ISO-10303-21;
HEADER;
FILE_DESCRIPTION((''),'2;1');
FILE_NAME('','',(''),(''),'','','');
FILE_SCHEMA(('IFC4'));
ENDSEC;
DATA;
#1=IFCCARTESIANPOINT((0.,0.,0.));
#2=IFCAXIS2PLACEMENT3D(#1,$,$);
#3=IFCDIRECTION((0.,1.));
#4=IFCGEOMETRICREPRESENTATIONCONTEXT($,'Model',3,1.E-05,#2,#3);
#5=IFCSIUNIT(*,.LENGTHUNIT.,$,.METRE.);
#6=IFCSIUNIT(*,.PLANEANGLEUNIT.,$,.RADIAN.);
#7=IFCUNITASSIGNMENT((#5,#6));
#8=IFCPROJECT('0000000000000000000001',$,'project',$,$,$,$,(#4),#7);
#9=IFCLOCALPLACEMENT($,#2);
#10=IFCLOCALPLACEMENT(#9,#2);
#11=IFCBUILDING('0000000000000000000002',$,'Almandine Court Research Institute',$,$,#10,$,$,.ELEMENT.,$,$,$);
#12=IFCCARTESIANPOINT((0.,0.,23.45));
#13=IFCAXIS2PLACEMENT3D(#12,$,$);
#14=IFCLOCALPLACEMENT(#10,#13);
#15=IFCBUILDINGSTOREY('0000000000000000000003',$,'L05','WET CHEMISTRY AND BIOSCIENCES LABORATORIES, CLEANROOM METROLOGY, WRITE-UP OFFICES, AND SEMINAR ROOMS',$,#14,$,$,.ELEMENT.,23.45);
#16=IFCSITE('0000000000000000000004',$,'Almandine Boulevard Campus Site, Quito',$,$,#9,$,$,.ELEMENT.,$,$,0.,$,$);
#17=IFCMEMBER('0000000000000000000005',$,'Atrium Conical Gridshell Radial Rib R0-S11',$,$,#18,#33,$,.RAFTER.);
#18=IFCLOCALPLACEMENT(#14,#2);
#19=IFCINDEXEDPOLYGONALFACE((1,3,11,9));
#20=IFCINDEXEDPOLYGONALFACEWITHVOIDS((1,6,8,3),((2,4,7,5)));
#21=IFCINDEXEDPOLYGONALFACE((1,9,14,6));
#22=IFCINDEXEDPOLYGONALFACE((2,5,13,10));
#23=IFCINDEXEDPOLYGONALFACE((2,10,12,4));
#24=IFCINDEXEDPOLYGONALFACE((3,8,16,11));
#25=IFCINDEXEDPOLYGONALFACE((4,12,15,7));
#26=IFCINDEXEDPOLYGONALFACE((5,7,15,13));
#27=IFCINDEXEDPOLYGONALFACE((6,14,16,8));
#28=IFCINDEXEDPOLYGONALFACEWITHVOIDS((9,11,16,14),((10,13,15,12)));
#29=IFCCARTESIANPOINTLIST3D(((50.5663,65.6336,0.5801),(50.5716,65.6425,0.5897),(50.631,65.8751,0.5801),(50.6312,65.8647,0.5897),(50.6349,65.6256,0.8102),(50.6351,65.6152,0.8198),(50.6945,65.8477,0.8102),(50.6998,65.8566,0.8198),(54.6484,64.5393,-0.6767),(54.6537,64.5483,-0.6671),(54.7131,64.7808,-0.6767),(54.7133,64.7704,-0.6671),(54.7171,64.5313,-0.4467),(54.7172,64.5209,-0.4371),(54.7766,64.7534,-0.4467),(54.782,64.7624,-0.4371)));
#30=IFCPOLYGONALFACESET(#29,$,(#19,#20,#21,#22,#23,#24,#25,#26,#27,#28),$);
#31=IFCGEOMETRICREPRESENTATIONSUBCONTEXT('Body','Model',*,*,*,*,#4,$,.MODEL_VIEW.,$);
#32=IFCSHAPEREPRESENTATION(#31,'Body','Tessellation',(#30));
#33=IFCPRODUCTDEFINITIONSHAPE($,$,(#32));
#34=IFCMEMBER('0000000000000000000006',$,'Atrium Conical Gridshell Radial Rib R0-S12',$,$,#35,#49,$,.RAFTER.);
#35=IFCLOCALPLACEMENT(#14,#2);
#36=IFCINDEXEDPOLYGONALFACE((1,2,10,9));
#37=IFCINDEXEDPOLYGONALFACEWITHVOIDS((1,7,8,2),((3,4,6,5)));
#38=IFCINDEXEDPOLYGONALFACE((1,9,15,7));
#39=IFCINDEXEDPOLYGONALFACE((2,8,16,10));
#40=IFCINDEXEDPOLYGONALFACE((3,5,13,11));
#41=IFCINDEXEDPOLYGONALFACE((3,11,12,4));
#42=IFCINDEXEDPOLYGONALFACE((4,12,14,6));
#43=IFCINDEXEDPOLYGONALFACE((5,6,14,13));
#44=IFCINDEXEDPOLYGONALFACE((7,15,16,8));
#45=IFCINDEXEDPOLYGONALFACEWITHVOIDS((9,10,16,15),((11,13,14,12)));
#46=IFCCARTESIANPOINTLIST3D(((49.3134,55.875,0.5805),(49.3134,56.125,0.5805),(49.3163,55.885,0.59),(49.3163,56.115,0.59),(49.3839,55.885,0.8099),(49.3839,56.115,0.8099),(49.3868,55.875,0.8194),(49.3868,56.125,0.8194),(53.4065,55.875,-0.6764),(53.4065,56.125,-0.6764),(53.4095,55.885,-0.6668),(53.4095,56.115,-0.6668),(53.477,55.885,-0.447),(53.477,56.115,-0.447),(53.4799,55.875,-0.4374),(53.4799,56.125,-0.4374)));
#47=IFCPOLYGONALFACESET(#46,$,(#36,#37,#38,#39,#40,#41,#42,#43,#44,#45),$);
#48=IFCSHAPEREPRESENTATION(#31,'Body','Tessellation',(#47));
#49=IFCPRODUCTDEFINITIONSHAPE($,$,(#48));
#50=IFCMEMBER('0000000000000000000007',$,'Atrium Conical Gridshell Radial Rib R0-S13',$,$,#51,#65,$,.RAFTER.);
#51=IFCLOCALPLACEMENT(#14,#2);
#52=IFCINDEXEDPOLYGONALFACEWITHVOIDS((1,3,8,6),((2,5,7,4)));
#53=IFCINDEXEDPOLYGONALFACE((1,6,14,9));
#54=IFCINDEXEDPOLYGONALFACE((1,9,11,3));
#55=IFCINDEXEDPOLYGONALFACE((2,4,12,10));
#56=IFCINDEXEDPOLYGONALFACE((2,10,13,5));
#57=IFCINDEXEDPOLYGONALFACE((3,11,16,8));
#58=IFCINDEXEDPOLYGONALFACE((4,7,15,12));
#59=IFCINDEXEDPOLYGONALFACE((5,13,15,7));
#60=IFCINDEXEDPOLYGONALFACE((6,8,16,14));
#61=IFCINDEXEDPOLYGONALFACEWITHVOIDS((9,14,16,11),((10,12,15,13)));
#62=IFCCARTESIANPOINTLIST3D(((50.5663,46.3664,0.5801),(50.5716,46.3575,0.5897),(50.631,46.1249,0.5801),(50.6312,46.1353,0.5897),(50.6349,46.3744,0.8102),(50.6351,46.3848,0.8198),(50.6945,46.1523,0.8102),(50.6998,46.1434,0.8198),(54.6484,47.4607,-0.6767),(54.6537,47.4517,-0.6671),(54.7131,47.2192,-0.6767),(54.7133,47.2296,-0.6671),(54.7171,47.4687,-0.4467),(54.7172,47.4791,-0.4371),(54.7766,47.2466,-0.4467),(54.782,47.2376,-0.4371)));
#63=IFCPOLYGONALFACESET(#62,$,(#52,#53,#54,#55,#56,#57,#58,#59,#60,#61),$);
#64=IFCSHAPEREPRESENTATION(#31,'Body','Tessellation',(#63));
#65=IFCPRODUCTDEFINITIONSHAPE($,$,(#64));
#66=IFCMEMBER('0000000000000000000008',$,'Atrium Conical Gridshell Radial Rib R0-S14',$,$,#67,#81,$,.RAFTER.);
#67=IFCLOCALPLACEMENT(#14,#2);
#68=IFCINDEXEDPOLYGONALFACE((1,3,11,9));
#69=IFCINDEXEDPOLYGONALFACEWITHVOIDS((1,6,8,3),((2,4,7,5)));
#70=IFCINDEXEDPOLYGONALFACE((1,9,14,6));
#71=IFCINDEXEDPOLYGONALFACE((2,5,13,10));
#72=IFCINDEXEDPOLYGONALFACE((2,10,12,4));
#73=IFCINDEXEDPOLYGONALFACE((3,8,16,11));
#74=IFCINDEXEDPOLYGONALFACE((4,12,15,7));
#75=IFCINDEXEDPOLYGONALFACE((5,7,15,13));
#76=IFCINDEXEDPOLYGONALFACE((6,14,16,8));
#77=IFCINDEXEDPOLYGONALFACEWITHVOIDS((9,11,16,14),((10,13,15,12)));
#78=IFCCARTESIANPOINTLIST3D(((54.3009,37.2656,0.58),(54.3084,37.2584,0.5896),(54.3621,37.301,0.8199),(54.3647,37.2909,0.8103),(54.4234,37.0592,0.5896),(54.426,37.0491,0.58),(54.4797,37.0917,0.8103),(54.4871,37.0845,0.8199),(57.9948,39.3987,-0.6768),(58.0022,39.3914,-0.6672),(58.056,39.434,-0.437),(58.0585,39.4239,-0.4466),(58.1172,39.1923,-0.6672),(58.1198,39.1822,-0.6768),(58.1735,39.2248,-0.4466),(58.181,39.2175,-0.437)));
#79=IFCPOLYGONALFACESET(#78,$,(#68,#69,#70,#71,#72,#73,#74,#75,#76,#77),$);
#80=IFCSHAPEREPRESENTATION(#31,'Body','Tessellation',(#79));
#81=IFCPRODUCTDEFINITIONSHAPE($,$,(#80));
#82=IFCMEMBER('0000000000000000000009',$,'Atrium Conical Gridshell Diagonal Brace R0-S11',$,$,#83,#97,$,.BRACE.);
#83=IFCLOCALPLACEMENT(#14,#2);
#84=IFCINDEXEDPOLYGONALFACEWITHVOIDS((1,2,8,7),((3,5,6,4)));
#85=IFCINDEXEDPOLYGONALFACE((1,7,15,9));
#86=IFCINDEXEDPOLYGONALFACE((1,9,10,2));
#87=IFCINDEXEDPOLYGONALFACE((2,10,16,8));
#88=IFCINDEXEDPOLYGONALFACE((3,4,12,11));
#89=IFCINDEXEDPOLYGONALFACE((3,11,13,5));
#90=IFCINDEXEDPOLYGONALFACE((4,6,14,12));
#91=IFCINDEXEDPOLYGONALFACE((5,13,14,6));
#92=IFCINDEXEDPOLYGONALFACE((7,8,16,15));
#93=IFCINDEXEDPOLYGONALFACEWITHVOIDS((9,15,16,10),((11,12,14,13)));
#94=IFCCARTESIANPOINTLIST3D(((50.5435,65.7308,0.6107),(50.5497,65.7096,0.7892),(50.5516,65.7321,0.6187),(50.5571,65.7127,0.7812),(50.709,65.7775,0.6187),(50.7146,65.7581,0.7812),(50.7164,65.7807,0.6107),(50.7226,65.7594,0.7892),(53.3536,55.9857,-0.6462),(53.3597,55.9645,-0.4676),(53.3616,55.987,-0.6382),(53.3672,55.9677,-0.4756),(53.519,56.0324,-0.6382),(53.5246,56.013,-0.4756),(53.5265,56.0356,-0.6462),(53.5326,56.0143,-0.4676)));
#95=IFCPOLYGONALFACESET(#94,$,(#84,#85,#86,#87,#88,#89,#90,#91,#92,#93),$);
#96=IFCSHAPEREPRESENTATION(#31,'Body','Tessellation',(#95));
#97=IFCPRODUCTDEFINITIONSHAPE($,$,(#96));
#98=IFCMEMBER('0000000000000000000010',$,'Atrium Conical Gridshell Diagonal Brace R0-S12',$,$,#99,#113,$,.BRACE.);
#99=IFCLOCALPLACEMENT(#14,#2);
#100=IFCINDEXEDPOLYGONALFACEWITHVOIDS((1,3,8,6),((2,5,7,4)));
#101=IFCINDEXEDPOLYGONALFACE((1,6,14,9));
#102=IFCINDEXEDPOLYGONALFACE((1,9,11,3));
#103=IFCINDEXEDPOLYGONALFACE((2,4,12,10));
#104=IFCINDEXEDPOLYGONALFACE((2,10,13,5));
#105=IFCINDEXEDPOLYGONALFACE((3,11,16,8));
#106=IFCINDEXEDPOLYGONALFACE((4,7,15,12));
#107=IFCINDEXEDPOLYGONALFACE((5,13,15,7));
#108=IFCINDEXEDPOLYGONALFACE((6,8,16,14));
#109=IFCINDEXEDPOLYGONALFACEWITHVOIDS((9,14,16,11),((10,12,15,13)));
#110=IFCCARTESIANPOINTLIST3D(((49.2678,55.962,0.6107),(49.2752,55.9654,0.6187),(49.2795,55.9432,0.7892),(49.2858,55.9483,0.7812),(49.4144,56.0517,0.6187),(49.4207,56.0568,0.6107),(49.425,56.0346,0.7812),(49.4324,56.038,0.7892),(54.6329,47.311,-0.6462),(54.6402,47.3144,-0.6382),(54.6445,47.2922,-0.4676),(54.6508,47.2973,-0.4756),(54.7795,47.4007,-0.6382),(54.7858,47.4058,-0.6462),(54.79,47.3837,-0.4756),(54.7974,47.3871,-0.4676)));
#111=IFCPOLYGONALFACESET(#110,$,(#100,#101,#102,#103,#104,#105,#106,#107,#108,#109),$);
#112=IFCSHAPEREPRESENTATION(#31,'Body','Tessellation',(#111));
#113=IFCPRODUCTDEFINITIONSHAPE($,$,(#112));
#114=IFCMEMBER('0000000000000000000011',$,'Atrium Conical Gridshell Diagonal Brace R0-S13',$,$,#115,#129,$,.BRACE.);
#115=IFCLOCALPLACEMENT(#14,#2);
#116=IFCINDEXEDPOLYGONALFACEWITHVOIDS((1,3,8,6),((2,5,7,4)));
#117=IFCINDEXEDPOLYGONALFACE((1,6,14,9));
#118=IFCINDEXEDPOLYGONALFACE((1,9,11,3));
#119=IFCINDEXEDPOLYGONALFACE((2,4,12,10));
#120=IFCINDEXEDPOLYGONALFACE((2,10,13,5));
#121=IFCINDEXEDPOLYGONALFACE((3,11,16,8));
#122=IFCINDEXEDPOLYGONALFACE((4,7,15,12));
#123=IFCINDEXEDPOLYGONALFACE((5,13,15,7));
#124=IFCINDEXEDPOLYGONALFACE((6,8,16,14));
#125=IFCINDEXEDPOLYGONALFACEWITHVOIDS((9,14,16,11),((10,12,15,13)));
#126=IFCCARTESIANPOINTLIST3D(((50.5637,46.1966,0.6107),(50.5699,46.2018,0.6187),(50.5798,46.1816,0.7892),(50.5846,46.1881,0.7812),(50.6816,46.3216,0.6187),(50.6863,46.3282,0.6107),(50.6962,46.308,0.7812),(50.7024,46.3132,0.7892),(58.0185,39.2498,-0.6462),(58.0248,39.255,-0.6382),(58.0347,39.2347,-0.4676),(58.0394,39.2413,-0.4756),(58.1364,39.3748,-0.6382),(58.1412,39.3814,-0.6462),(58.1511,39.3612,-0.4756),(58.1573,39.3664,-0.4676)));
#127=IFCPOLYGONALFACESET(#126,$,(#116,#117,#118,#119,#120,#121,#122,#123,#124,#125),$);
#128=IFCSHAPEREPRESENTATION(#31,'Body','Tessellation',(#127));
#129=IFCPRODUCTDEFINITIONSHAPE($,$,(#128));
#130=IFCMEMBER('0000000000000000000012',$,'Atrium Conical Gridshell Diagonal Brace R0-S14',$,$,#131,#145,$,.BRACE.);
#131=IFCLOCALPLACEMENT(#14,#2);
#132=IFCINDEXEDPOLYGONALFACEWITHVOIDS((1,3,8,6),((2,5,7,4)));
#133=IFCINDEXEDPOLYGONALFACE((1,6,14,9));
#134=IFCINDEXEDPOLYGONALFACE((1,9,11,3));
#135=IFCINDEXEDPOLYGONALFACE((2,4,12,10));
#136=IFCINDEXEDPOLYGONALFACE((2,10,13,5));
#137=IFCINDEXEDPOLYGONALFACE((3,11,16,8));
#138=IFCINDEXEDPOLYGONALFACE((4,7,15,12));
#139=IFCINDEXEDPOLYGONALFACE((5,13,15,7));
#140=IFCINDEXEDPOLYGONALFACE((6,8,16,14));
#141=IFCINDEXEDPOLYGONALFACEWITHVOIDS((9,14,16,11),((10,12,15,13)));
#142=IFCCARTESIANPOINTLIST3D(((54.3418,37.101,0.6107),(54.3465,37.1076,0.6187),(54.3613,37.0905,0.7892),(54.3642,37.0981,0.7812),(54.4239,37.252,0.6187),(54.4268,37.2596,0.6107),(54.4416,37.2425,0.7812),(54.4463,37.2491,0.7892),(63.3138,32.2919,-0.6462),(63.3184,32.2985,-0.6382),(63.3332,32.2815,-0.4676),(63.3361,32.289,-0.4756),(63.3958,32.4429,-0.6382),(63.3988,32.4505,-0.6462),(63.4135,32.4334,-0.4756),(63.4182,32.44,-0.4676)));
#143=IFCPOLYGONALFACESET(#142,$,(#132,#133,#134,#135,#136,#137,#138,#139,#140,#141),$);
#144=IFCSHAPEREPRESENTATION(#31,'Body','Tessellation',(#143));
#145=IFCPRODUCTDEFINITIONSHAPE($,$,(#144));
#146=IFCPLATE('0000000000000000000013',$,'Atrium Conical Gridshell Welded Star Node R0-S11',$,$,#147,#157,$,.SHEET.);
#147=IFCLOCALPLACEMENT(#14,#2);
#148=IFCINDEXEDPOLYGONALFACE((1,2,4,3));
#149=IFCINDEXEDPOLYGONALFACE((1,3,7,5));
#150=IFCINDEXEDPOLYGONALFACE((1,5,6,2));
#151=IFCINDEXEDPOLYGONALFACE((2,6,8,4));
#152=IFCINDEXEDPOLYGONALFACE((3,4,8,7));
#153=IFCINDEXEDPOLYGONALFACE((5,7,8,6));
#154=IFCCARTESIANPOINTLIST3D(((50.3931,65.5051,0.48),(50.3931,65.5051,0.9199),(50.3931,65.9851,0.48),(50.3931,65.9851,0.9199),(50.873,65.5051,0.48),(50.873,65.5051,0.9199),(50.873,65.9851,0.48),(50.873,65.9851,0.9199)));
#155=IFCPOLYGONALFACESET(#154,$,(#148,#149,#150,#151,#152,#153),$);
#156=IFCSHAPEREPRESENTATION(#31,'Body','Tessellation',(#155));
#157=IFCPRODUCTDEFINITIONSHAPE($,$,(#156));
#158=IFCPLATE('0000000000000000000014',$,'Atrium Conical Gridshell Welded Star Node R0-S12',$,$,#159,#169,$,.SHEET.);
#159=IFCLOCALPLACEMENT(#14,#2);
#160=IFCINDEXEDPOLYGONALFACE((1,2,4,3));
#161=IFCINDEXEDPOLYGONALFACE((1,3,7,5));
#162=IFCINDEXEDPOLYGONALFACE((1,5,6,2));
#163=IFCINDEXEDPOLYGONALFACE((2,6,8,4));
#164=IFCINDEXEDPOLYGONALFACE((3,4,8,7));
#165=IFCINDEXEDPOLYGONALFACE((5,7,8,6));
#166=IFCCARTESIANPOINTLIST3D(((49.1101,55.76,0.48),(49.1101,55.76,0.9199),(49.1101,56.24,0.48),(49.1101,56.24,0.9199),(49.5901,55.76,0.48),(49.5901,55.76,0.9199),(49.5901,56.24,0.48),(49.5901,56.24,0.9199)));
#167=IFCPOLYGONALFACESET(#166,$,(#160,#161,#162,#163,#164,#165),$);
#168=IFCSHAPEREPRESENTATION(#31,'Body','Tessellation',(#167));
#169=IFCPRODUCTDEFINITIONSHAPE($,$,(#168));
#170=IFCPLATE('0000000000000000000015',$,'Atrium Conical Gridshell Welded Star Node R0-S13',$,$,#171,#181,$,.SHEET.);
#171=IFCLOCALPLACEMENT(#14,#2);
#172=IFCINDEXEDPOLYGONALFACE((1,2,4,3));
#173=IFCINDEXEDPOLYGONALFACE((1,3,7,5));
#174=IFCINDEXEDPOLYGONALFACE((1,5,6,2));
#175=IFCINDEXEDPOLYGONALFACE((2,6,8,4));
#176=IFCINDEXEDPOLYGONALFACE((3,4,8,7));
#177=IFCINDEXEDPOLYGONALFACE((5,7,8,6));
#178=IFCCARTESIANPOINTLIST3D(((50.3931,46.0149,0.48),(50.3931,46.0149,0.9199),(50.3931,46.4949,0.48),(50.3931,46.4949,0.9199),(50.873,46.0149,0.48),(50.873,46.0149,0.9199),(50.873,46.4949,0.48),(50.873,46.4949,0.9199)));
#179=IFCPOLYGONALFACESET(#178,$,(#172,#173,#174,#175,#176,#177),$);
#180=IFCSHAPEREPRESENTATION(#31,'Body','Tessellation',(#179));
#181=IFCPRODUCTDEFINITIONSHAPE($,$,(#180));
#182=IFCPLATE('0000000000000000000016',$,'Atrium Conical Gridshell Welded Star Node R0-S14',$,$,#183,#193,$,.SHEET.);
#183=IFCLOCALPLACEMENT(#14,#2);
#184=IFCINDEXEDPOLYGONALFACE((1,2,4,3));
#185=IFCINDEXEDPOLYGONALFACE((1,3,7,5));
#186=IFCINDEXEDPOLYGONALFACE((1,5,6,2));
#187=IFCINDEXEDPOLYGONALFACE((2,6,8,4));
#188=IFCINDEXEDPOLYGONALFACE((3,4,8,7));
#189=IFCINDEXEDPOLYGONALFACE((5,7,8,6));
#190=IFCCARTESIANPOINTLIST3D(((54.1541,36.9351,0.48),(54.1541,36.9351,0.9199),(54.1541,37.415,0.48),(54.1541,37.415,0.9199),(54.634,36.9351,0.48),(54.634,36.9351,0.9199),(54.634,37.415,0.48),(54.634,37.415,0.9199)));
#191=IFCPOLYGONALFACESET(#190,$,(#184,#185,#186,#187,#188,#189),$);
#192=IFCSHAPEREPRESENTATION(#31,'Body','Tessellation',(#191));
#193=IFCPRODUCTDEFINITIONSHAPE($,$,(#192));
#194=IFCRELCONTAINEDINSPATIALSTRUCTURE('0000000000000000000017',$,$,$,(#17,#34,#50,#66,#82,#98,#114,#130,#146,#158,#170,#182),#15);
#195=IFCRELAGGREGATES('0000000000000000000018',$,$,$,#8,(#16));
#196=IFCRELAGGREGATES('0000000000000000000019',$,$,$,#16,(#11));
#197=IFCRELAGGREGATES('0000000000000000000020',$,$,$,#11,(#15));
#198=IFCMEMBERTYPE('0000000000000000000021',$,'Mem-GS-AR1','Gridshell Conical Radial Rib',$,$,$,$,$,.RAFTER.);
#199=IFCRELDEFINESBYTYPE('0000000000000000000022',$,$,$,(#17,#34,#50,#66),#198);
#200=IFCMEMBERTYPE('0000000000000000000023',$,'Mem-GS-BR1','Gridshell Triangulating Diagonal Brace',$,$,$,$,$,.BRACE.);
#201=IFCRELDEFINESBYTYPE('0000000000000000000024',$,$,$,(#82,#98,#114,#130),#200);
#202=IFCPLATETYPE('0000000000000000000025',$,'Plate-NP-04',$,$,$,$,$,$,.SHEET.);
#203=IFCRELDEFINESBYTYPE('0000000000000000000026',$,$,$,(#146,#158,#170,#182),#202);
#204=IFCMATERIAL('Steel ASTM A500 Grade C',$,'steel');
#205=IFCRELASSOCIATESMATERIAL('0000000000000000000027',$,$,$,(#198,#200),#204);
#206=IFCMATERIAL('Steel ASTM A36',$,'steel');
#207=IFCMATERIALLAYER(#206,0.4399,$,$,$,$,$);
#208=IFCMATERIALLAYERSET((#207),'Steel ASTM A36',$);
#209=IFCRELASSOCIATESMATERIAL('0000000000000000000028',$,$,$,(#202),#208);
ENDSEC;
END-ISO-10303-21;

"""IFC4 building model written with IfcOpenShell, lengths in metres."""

from ifc_helpers import new_model, si_unit, direction, frame, origin, origin_2d, place, context, subcontext, project, spatial, rectangle, hollow_rectangle, extrude, material, layer, layer_set, material_profile, profile_set, type_object, element, save


model = new_model("IFC4")

# Units and contexts
model_context = context("Model", 3, precision=1e-05, world=origin(), true_north=direction((0.0, 1.0)))
body_context = subcontext(model_context, "Body", "Model", "MODEL_VIEW")
ifc_project = project(units=[si_unit("LENGTHUNIT", "METRE"), si_unit("PLANEANGLEUNIT", "RADIAN")], contexts=[model_context])

# Site, building, storey
site_placement = place(None, origin())
site = spatial("IfcSite", under=ifc_project, at=site_placement, Name="Almandine Boulevard Campus Site, Quito", CompositionType="ELEMENT", RefElevation=0.0)
building_placement = place(site_placement, origin())
building = spatial("IfcBuilding", under=site, at=building_placement, Name="Almandine Court Research Institute", CompositionType="ELEMENT")
storey_placement = place(building_placement, frame((0.0, 0.0, 23.45)))
storey = spatial("IfcBuildingStorey", under=building, at=storey_placement, Name="L05", Description="WET CHEMISTRY AND BIOSCIENCES LABORATORIES, CLEANROOM METROLOGY, WRITE-UP OFFICES, AND SEMINAR ROOMS", CompositionType="ELEMENT", Elevation=23.45)

# Members
ifc_material_1 = material(Name="Steel ASTM A500 Grade C", Category="steel")
ifc_material_profile_1 = material_profile(ifc_material_1, hollow_rectangle(XDim=0.25, YDim=0.25, WallThickness=0.01, at=origin_2d()), Name="HSS 250x250x10")
ifc_profile_set_1 = profile_set([ifc_material_profile_1], Name="Steel ASTM A500 Grade C")
member_type_1 = type_object("IfcMemberType", Name="Mem-GS-AR1", Description="Gridshell Conical Radial Rib", PredefinedType="RAFTER", material=ifc_profile_set_1)
member_1_placement = place(storey_placement, frame((50.6331, 65.7451, 0.7), z_axis=(0.925824, -0.248178, -0.285056), x_axis=(0.258921, 0.965899, 0.0)))
element("IfcMember", 1, at=member_1_placement, inside=storey, type_object=member_type_1, Name="Atrium Conical Gridshell Radial Rib R0-S11", PredefinedType="RAFTER", context=body_context, shape_type="SweptSolid", body=[
    extrude(hollow_rectangle(XDim=0.25, YDim=0.25, WallThickness=0.01, at=origin_2d()), origin(), (0.0, 0.0, 1.0), 4.4092),
])
member_2_placement = place(storey_placement, frame((49.3501, 56.0, 0.7), z_axis=(0.955947, 0.0, -0.293541), x_axis=(0.0, 1.0, 0.0)))
element("IfcMember", 2, at=member_2_placement, inside=storey, type_object=member_type_1, Name="Atrium Conical Gridshell Radial Rib R0-S12", PredefinedType="RAFTER", context=body_context, shape_type="SweptSolid", body=[
    extrude(hollow_rectangle(XDim=0.25, YDim=0.25, WallThickness=0.01, at=origin_2d()), origin(), (0.0, 0.0, 1.0), 4.2817),
])
member_3_placement = place(storey_placement, frame((50.6331, 46.2549, 0.7), z_axis=(0.925824, 0.248178, -0.285056), x_axis=(-0.258921, 0.965899, 0.0)))
element("IfcMember", 3, at=member_3_placement, inside=storey, type_object=member_type_1, Name="Atrium Conical Gridshell Radial Rib R0-S13", PredefinedType="RAFTER", context=body_context, shape_type="SweptSolid", body=[
    extrude(hollow_rectangle(XDim=0.25, YDim=0.25, WallThickness=0.01, at=origin_2d()), origin(), (0.0, 0.0, 1.0), 4.4092),
])
member_4_placement = place(storey_placement, frame((54.394, 37.175, 0.7), z_axis=(0.830674, 0.479683, -0.282638), x_axis=(-0.500073, 0.865984, 0.0)))
element("IfcMember", 4, at=member_4_placement, inside=storey, type_object=member_type_1, Name="Atrium Conical Gridshell Radial Rib R0-S14", PredefinedType="RAFTER", context=body_context, shape_type="SweptSolid", body=[
    extrude(hollow_rectangle(XDim=0.25, YDim=0.25, WallThickness=0.01, at=origin_2d()), origin(), (0.0, 0.0, 1.0), 4.4468),
])
ifc_material_profile_2 = material_profile(ifc_material_1, hollow_rectangle(XDim=0.1799, YDim=0.1799, WallThickness=0.0081, at=origin_2d()), Name="HSS 180x180x8")
ifc_profile_set_2 = profile_set([ifc_material_profile_2], Name="Steel ASTM A500 Grade C")
member_type_2 = type_object("IfcMemberType", Name="Mem-GS-BR1", Description="Gridshell Triangulating Diagonal Brace", PredefinedType="BRACE", material=ifc_profile_set_2)
member_5_placement = place(storey_placement, frame((50.6331, 65.7451, 0.7), z_axis=(0.274963, -0.953557, -0.122981), x_axis=(0.960851, 0.277067, 0.0)))
element("IfcMember", 5, at=member_5_placement, inside=storey, type_object=member_type_2, Name="Atrium Conical Gridshell Diagonal Brace R0-S11", PredefinedType="BRACE", context=body_context, shape_type="SweptSolid", body=[
    extrude(hollow_rectangle(XDim=0.1799, YDim=0.1799, WallThickness=0.0081, at=origin_2d()), origin(), (0.0, 0.0, 1.0), 10.2197),
])
member_6_placement = place(storey_placement, frame((49.3501, 56.0, 0.7), z_axis=(0.52307, -0.843435, -0.122538), x_axis=(0.849839, 0.527042, 0.0)))
element("IfcMember", 6, at=member_6_placement, inside=storey, type_object=member_type_2, Name="Atrium Conical Gridshell Diagonal Brace R0-S12", PredefinedType="BRACE", context=body_context, shape_type="SweptSolid", body=[
    extrude(hollow_rectangle(XDim=0.1799, YDim=0.1799, WallThickness=0.0081, at=origin_2d()), origin(), (0.0, 0.0, 1.0), 10.2568),
])
member_7_placement = place(storey_placement, frame((50.6331, 46.2549, 0.7), z_axis=(0.726095, -0.67661, -0.122415), x_axis=(0.681738, 0.731597, 0.0)))
element("IfcMember", 7, at=member_7_placement, inside=storey, type_object=member_type_2, Name="Atrium Conical Gridshell Diagonal Brace R0-S13", PredefinedType="BRACE", context=body_context, shape_type="SweptSolid", body=[
    extrude(hollow_rectangle(XDim=0.1799, YDim=0.1799, WallThickness=0.0081, at=origin_2d()), origin(), (0.0, 0.0, 1.0), 10.2671),
])
member_8_placement = place(storey_placement, frame((54.394, 37.175, 0.7), z_axis=(0.874728, -0.468867, -0.122537), x_axis=(0.472427, 0.88137, 0.0)))
element("IfcMember", 8, at=member_8_placement, inside=storey, type_object=member_type_2, Name="Atrium Conical Gridshell Diagonal Brace R0-S14", PredefinedType="BRACE", context=body_context, shape_type="SweptSolid", body=[
    extrude(hollow_rectangle(XDim=0.1799, YDim=0.1799, WallThickness=0.0081, at=origin_2d()), origin(), (0.0, 0.0, 1.0), 10.2568),
])

# Plates
ifc_material_2 = material(Name="Steel ASTM A36", Category="steel")
ifc_layer_1 = layer(ifc_material_2, 0.4399)
ifc_layer_set_1 = layer_set([ifc_layer_1], Name="Steel ASTM A36")
plate_type = type_object("IfcPlateType", Name="Plate-NP-04", PredefinedType="SHEET", material=ifc_layer_set_1)
for number, where, z_axis, x_axis, name in (
    (9, (50.6331, 65.7451, 0.48), (0.0, 0.0, 1.0), (1.0, 0.0, 0.0), "Atrium Conical Gridshell Welded Star Node R0-S11"),
    (10, (49.3501, 56.0, 0.48), (0.0, 0.0, 1.0), (1.0, 0.0, 0.0), "Atrium Conical Gridshell Welded Star Node R0-S12"),
    (11, (50.6331, 46.2549, 0.48), (0.0, 0.0, 1.0), (1.0, 0.0, 0.0), "Atrium Conical Gridshell Welded Star Node R0-S13"),
    (12, (54.394, 37.175, 0.48), (0.0, 0.0, 1.0), (1.0, 0.0, 0.0), "Atrium Conical Gridshell Welded Star Node R0-S14"),
):
    element("IfcPlate", number, at=place(storey_placement, frame(where, z_axis=z_axis, x_axis=x_axis)), inside=storey, type_object=plate_type, Name=name, PredefinedType="SHEET", context=body_context, shape_type="SweptSolid", body=[
        extrude(rectangle(XDim=0.48, YDim=0.48, at=origin_2d()), origin(), (0.0, 0.0, 1.0), 0.4399),
    ])

save(model, "model.ifc")
